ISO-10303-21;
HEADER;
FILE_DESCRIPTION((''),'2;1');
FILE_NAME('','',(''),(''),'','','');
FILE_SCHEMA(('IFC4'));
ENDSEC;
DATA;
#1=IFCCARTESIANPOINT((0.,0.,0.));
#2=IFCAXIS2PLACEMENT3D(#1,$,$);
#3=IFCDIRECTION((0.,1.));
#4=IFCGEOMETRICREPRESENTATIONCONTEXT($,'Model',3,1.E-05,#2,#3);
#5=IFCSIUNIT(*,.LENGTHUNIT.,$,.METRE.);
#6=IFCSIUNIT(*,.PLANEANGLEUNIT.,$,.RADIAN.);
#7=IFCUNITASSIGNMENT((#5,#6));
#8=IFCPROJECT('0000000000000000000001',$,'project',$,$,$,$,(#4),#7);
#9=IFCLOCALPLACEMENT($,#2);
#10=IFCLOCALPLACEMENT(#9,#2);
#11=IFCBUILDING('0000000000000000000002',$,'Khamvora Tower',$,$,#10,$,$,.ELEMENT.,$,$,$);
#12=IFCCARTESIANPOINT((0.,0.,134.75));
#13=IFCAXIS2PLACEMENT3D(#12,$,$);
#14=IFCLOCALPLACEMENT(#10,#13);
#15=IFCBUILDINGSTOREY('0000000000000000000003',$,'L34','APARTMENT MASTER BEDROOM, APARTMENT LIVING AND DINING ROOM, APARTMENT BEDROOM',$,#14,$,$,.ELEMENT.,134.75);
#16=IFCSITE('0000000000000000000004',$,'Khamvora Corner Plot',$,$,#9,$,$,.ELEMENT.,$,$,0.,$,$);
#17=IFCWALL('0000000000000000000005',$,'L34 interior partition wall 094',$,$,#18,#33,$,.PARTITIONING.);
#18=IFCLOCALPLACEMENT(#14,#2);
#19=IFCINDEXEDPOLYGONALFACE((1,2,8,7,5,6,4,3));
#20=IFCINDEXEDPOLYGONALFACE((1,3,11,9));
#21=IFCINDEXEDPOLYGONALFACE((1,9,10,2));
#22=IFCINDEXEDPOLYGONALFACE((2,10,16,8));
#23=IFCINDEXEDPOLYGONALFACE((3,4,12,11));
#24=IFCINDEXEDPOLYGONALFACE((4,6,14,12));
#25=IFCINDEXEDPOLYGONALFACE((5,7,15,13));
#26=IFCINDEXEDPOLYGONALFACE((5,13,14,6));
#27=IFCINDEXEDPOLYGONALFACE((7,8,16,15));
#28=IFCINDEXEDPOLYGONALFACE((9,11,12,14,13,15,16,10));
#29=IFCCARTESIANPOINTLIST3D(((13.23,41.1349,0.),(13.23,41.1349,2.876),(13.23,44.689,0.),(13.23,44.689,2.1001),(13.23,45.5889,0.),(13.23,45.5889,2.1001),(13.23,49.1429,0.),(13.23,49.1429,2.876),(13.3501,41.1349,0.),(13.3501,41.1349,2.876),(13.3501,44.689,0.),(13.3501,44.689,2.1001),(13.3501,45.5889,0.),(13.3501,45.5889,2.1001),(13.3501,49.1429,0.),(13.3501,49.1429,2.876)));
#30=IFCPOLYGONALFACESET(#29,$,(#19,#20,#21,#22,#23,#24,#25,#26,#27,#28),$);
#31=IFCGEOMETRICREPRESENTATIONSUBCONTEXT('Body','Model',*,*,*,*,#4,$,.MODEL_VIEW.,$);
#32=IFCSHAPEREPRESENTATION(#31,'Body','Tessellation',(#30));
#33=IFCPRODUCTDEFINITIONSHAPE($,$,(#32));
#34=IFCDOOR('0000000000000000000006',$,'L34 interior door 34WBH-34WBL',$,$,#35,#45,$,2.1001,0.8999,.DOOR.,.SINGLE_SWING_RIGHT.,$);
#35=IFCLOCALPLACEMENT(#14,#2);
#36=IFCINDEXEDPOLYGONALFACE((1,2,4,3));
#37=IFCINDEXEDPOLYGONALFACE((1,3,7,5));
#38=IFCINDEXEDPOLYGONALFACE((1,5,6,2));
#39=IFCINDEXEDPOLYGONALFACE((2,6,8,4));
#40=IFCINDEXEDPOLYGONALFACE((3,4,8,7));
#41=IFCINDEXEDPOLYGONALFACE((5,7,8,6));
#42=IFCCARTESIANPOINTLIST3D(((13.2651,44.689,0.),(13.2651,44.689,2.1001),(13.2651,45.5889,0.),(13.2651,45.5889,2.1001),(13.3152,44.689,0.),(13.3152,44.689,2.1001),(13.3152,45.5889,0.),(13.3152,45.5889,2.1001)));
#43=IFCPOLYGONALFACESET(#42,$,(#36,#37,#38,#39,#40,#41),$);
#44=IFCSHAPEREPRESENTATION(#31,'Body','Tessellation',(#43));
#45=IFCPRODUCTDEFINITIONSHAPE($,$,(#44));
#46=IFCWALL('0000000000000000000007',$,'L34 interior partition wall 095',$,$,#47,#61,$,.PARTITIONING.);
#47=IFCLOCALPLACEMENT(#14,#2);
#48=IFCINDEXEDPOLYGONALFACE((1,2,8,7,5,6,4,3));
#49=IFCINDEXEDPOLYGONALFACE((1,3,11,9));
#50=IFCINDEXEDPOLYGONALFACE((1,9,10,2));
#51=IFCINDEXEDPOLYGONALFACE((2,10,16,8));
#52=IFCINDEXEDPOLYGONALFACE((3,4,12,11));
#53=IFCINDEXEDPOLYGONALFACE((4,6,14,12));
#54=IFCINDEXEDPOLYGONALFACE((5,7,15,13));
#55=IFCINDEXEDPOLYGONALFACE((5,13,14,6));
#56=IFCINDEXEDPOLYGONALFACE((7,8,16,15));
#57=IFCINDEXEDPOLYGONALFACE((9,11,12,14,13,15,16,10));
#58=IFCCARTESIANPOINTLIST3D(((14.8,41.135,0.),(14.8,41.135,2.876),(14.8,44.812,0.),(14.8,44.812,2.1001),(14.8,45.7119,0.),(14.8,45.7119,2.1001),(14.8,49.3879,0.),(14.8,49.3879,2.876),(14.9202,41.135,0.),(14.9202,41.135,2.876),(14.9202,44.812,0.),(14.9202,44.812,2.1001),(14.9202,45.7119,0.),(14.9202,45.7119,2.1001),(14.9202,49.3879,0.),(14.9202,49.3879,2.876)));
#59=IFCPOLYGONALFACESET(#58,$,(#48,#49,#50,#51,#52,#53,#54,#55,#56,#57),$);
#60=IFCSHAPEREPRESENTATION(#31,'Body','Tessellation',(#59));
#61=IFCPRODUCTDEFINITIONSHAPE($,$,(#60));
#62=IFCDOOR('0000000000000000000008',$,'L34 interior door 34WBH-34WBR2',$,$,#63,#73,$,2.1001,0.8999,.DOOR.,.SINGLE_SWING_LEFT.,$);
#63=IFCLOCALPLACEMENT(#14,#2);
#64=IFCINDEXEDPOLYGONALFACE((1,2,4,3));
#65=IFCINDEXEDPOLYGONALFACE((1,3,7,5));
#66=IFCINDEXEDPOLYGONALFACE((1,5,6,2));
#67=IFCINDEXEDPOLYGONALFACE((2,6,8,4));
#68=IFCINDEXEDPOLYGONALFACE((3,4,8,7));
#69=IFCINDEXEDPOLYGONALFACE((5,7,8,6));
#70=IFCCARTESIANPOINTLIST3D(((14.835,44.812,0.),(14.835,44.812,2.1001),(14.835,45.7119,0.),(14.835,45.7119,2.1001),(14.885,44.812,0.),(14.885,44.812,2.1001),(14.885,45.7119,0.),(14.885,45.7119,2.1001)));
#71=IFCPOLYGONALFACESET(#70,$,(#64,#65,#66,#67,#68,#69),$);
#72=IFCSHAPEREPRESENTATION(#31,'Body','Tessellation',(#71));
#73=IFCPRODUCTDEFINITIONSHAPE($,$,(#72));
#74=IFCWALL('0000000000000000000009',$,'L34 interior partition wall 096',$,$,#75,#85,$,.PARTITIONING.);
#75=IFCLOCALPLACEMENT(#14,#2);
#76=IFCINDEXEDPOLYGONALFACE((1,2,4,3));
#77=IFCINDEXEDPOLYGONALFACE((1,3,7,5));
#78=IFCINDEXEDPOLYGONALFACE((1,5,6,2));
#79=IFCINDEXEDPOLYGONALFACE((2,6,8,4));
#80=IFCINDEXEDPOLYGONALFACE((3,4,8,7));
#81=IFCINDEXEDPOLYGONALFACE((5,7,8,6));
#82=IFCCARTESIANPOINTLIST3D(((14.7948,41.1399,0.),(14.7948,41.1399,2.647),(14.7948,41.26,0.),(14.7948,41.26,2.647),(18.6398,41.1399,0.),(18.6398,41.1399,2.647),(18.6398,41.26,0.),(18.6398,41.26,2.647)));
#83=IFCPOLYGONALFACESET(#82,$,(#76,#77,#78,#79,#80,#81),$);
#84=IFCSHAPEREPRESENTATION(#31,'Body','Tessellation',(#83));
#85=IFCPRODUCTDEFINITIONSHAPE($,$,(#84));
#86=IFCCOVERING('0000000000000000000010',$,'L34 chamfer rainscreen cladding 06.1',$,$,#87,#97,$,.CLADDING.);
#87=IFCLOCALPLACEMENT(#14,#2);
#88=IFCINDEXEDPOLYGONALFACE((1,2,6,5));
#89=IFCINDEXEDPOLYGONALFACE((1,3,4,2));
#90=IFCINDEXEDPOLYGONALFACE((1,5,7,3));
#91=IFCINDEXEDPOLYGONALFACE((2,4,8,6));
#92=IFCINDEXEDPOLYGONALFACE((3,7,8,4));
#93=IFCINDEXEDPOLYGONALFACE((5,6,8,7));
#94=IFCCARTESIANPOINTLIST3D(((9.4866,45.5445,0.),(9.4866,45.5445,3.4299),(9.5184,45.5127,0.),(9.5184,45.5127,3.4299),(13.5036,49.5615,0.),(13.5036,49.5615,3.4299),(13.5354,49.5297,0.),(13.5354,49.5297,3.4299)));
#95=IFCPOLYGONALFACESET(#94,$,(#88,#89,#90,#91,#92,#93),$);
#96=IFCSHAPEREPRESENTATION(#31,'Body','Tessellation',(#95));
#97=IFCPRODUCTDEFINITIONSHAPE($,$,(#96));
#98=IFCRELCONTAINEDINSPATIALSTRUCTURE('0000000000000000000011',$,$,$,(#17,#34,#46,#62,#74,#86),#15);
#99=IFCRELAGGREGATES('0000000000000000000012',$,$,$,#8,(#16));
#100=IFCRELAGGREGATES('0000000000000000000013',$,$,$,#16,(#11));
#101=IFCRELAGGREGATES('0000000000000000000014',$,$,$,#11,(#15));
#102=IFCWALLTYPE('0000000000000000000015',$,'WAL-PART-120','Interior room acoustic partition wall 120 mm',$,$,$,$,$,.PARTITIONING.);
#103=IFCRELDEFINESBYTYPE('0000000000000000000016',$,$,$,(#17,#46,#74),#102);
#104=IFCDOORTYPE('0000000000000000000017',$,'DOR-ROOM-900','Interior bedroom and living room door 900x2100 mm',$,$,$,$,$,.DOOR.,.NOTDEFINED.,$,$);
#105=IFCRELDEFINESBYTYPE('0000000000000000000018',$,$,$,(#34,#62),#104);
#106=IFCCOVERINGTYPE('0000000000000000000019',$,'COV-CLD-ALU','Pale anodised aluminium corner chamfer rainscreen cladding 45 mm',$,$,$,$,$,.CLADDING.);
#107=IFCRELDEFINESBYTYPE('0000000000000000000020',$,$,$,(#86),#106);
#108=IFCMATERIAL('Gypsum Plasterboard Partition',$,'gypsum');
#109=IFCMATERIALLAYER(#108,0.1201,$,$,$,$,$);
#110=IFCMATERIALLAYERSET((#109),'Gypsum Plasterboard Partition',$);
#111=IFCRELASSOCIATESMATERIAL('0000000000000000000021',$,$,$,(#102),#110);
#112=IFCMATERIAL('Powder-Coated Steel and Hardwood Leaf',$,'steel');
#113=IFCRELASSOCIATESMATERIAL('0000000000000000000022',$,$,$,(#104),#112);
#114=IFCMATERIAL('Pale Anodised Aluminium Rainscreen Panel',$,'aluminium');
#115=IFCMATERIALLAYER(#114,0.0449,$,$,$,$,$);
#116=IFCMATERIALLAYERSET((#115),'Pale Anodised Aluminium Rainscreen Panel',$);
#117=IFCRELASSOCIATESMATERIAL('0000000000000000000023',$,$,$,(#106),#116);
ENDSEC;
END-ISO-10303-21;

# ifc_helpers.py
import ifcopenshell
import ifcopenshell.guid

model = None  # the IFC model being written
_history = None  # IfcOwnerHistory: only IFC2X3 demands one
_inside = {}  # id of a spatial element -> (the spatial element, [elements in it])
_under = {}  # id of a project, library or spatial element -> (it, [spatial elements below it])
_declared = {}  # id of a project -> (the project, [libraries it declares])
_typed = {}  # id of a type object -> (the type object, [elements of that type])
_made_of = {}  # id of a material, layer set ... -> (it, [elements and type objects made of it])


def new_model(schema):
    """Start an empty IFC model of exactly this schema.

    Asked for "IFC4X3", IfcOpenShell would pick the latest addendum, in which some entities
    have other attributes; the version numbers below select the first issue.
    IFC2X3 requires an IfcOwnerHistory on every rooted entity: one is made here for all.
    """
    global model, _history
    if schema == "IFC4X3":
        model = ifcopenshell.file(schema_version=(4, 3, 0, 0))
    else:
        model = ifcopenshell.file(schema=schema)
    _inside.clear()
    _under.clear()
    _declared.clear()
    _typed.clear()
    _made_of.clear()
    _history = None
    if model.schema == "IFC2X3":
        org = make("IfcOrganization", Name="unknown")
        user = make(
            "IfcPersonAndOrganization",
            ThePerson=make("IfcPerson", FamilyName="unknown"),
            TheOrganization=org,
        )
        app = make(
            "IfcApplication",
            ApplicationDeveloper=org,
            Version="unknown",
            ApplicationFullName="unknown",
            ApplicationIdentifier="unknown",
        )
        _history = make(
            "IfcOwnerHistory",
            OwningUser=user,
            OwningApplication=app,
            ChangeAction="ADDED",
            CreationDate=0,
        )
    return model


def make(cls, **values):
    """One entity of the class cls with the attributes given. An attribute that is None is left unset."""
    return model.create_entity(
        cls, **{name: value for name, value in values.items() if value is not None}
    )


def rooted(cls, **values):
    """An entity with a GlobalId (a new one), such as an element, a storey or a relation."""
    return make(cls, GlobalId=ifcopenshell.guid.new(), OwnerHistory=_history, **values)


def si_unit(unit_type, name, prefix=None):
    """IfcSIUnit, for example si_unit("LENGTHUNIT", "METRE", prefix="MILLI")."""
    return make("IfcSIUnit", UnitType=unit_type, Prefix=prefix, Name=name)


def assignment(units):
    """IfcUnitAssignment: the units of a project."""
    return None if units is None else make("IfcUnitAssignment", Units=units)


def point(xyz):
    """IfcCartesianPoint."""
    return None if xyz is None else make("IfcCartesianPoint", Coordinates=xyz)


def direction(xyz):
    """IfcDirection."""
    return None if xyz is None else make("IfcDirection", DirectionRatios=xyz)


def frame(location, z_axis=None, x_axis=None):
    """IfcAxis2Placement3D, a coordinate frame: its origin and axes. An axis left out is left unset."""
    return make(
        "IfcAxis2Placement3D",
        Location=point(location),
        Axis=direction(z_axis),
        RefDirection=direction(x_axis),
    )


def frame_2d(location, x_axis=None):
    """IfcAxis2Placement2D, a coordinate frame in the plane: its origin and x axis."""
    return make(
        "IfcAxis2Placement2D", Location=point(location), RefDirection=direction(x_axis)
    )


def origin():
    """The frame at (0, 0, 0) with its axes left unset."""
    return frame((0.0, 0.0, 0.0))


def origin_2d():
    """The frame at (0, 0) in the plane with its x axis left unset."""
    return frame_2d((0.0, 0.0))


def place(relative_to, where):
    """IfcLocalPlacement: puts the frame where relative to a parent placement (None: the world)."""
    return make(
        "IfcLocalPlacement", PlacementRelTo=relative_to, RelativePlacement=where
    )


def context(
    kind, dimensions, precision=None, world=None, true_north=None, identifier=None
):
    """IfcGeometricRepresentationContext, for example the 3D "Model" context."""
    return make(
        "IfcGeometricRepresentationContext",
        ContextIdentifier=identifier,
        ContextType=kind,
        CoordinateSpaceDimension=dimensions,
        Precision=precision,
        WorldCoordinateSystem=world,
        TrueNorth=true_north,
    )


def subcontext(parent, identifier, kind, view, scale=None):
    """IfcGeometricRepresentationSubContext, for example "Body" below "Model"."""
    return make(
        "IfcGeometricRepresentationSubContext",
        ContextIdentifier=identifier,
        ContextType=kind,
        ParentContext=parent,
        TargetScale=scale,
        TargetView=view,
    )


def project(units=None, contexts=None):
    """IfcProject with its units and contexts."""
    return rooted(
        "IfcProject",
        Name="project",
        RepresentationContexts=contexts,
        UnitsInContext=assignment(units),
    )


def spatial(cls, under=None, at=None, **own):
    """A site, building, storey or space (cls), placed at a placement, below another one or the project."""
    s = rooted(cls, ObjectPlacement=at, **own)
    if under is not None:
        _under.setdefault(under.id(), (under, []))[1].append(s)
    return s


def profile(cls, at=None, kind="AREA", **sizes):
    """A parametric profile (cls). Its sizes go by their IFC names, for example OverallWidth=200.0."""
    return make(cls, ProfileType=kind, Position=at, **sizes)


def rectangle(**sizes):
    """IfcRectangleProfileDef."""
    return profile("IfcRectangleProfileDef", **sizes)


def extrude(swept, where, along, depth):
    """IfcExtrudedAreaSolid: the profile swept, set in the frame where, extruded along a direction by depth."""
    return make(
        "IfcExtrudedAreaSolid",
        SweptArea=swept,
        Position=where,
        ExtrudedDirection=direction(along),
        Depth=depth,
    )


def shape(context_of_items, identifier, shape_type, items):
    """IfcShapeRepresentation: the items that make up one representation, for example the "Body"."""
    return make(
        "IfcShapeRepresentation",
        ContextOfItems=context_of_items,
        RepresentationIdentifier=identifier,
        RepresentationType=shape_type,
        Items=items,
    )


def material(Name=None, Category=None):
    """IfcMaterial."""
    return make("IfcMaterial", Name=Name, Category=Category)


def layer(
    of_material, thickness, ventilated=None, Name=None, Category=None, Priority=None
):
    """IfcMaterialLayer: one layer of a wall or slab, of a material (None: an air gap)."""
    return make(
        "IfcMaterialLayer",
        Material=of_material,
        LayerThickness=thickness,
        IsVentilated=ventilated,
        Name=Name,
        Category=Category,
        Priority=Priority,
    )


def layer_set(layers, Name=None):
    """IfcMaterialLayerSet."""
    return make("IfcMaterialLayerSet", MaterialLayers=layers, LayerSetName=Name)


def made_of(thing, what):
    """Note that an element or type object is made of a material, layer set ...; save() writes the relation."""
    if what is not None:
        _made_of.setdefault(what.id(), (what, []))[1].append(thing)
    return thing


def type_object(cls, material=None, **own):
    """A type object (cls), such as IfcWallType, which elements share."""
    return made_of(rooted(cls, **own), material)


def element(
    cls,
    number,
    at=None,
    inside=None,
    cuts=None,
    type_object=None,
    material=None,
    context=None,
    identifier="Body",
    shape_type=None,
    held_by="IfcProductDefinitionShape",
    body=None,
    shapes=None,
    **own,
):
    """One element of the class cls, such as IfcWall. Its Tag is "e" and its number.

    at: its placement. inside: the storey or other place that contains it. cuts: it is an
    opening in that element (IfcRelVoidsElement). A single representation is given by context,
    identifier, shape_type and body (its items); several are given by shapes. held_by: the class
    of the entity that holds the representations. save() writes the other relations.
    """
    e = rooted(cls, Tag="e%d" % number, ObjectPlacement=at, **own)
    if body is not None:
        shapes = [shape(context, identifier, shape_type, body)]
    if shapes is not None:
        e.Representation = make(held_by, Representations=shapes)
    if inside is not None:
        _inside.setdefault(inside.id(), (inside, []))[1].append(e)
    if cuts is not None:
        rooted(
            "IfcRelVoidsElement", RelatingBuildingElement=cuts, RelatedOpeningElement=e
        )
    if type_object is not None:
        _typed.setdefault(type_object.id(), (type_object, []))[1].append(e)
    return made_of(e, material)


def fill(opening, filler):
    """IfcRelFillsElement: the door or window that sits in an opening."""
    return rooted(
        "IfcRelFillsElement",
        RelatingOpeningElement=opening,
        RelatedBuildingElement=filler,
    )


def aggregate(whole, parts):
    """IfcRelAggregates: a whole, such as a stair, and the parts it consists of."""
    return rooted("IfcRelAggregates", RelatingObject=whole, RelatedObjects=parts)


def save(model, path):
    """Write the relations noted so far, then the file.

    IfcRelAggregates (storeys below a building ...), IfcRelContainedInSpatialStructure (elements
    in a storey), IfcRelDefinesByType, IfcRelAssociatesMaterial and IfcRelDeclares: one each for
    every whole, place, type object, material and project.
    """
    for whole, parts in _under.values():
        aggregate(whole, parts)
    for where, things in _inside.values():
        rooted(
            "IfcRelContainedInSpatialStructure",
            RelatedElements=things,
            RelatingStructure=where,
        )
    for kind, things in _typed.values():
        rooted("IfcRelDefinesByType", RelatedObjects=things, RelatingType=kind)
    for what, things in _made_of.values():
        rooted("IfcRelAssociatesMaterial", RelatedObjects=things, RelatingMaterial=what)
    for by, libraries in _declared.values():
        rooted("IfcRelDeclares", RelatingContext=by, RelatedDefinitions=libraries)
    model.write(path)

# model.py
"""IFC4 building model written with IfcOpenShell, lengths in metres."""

from ifc_helpers import new_model, si_unit, direction, frame, frame_2d, origin, origin_2d, place, context, subcontext, project, spatial, rectangle, extrude, material, layer, layer_set, type_object, element, fill, save


model = new_model("IFC4")

# Units and contexts
model_context = context("Model", 3, precision=1e-05, world=origin(), true_north=direction((0.0, 1.0)))
body_context = subcontext(model_context, "Body", "Model", "MODEL_VIEW")
ifc_project = project(units=[si_unit("LENGTHUNIT", "METRE"), si_unit("PLANEANGLEUNIT", "RADIAN")], contexts=[model_context])

# Site, building, storey
site_placement = place(None, origin())
site = spatial("IfcSite", under=ifc_project, at=site_placement, Name="Khamvora Corner Plot", CompositionType="ELEMENT", RefElevation=0.0)
building_placement = place(site_placement, origin())
building = spatial("IfcBuilding", under=site, at=building_placement, Name="Khamvora Tower", CompositionType="ELEMENT")
storey_placement = place(building_placement, frame((0.0, 0.0, 134.75)))
storey = spatial("IfcBuildingStorey", under=building, at=storey_placement, Name="L34", Description="APARTMENT MASTER BEDROOM, APARTMENT LIVING AND DINING ROOM, APARTMENT BEDROOM", CompositionType="ELEMENT", Elevation=134.75)

# Shared definitions
ifc_material_1 = material(Name="Gypsum Plasterboard Partition", Category="gypsum")
ifc_layer_1 = layer(ifc_material_1, 0.1201)
ifc_layer_set_1 = layer_set([ifc_layer_1], Name="Gypsum Plasterboard Partition")
wall_type_1 = type_object("IfcWallType", Name="WAL-PART-120", Description="Interior room acoustic partition wall 120 mm", PredefinedType="PARTITIONING", material=ifc_layer_set_1)

# Walls, openings, doors
wall_1_placement = place(storey_placement, frame((13.29, 41.135, 0.0), z_axis=(0.0, 0.0, 1.0), x_axis=(0.0, 1.0, 0.0)))
wall_1 = element("IfcWall", 1, at=wall_1_placement, inside=storey, type_object=wall_type_1, Name="L34 interior partition wall 094", PredefinedType="PARTITIONING", context=body_context, shape_type="SweptSolid", body=[
    extrude(rectangle(XDim=8.0081, YDim=0.1201, at=frame_2d((4.0039, 0.0))), origin(), (0.0, 0.0, 1.0), 2.876),
])
opening_1_placement = place(wall_1_placement, frame((3.554, 0.0, 0.0)))
opening_1 = element("IfcOpeningElement", 2, at=opening_1_placement, cuts=wall_1, PredefinedType="OPENING", context=body_context, shape_type="SweptSolid", body=[
    extrude(rectangle(XDim=0.8999, YDim=2.1001, at=frame_2d((0.45, 1.05))), frame((0.0, 0.0701, 0.0), z_axis=(0.0, -1.0, 0.0), x_axis=(1.0, 0.0, 0.0)), (0.0, 0.0, 1.0), 0.1401),
])
ifc_material_2 = material(Name="Powder-Coated Steel and Hardwood Leaf", Category="steel")
door_type = type_object("IfcDoorType", Name="DOR-ROOM-900", Description="Interior bedroom and living room door 900x2100 mm", OperationType="NOTDEFINED", PredefinedType="DOOR", material=ifc_material_2)
door_1_placement = place(opening_1_placement, origin())
door_1 = element("IfcDoor", 3, at=door_1_placement, inside=storey, type_object=door_type, Name="L34 interior door 34WBH-34WBL", OperationType="SINGLE_SWING_RIGHT", OverallHeight=2.1001, OverallWidth=0.8999, PredefinedType="DOOR", context=body_context, shape_type="SweptSolid", body=[
    extrude(rectangle(XDim=0.8999, YDim=2.1001, at=frame_2d((0.45, 1.05))), frame((0.0, 0.0249, 0.0), z_axis=(0.0, -1.0, 0.0), x_axis=(1.0, 0.0, 0.0)), (0.0, 0.0, 1.0), 0.05),
])
fill(opening_1, door_1)
wall_2_placement = place(storey_placement, frame((14.8601, 49.3879, 0.0), z_axis=(0.0, 0.0, 1.0), x_axis=(0.0, -1.0, 0.0)))
wall_2 = element("IfcWall", 4, at=wall_2_placement, inside=storey, type_object=wall_type_1, Name="L34 interior partition wall 095", PredefinedType="PARTITIONING", context=body_context, shape_type="SweptSolid", body=[
    extrude(rectangle(XDim=8.2529, YDim=0.1201, at=frame_2d((4.1265, 0.0))), origin(), (0.0, 0.0, 1.0), 2.876),
])
opening_2_placement = place(wall_2_placement, frame((3.676, 0.0, 0.0)))
opening_2 = element("IfcOpeningElement", 5, at=opening_2_placement, cuts=wall_2, PredefinedType="OPENING", context=body_context, shape_type="SweptSolid", body=[
    extrude(rectangle(XDim=0.8999, YDim=2.1001, at=frame_2d((0.45, 1.05))), frame((0.0, 0.0701, 0.0), z_axis=(0.0, -1.0, 0.0), x_axis=(1.0, 0.0, 0.0)), (0.0, 0.0, 1.0), 0.1401),
])
door_2_placement = place(opening_2_placement, origin())
door_2 = element("IfcDoor", 6, at=door_2_placement, inside=storey, type_object=door_type, Name="L34 interior door 34WBH-34WBR2", OperationType="SINGLE_SWING_LEFT", OverallHeight=2.1001, OverallWidth=0.8999, PredefinedType="DOOR", context=body_context, shape_type="SweptSolid", body=[
    extrude(rectangle(XDim=0.8999, YDim=2.1001, at=frame_2d((0.45, 1.05))), frame((0.0, 0.0249, 0.0), z_axis=(0.0, -1.0, 0.0), x_axis=(1.0, 0.0, 0.0)), (0.0, 0.0, 1.0), 0.05),
])
fill(opening_2, door_2)

# Wall
wall_3_placement = place(storey_placement, frame((14.7949, 41.2, 0.0), z_axis=(0.0, 0.0, 1.0), x_axis=(1.0, 0.0, 0.0)))
element("IfcWall", 7, at=wall_3_placement, inside=storey, type_object=wall_type_1, Name="L34 interior partition wall 096", PredefinedType="PARTITIONING", context=body_context, shape_type="SweptSolid", body=[
    extrude(rectangle(XDim=3.845, YDim=0.1201, at=frame_2d((1.9224, 0.0))), origin(), (0.0, 0.0, 1.0), 2.647),
])

# Covering
ifc_material_3 = material(Name="Pale Anodised Aluminium Rainscreen Panel", Category="aluminium")
ifc_layer_2 = layer(ifc_material_3, 0.0449)
ifc_layer_set_2 = layer_set([ifc_layer_2], Name="Pale Anodised Aluminium Rainscreen Panel")
covering_type = type_object("IfcCoveringType", Name="COV-CLD-ALU", Description="Pale anodised aluminium corner chamfer rainscreen cladding 45 mm", PredefinedType="CLADDING", material=ifc_layer_set_2)
covering_placement = place(storey_placement, frame((11.511, 47.5371, 0.0), z_axis=(0.0, 0.0, 1.0), x_axis=(0.707107, 0.707107, 0.0)))
element("IfcCovering", 8, at=covering_placement, inside=storey, type_object=covering_type, Name="L34 chamfer rainscreen cladding 06.1", PredefinedType="CLADDING", context=body_context, shape_type="SweptSolid", body=[
    extrude(rectangle(XDim=5.6809, YDim=0.0449, at=origin_2d()), origin(), (0.0, 0.0, 1.0), 3.4299),
])

save(model, "model.ifc")
